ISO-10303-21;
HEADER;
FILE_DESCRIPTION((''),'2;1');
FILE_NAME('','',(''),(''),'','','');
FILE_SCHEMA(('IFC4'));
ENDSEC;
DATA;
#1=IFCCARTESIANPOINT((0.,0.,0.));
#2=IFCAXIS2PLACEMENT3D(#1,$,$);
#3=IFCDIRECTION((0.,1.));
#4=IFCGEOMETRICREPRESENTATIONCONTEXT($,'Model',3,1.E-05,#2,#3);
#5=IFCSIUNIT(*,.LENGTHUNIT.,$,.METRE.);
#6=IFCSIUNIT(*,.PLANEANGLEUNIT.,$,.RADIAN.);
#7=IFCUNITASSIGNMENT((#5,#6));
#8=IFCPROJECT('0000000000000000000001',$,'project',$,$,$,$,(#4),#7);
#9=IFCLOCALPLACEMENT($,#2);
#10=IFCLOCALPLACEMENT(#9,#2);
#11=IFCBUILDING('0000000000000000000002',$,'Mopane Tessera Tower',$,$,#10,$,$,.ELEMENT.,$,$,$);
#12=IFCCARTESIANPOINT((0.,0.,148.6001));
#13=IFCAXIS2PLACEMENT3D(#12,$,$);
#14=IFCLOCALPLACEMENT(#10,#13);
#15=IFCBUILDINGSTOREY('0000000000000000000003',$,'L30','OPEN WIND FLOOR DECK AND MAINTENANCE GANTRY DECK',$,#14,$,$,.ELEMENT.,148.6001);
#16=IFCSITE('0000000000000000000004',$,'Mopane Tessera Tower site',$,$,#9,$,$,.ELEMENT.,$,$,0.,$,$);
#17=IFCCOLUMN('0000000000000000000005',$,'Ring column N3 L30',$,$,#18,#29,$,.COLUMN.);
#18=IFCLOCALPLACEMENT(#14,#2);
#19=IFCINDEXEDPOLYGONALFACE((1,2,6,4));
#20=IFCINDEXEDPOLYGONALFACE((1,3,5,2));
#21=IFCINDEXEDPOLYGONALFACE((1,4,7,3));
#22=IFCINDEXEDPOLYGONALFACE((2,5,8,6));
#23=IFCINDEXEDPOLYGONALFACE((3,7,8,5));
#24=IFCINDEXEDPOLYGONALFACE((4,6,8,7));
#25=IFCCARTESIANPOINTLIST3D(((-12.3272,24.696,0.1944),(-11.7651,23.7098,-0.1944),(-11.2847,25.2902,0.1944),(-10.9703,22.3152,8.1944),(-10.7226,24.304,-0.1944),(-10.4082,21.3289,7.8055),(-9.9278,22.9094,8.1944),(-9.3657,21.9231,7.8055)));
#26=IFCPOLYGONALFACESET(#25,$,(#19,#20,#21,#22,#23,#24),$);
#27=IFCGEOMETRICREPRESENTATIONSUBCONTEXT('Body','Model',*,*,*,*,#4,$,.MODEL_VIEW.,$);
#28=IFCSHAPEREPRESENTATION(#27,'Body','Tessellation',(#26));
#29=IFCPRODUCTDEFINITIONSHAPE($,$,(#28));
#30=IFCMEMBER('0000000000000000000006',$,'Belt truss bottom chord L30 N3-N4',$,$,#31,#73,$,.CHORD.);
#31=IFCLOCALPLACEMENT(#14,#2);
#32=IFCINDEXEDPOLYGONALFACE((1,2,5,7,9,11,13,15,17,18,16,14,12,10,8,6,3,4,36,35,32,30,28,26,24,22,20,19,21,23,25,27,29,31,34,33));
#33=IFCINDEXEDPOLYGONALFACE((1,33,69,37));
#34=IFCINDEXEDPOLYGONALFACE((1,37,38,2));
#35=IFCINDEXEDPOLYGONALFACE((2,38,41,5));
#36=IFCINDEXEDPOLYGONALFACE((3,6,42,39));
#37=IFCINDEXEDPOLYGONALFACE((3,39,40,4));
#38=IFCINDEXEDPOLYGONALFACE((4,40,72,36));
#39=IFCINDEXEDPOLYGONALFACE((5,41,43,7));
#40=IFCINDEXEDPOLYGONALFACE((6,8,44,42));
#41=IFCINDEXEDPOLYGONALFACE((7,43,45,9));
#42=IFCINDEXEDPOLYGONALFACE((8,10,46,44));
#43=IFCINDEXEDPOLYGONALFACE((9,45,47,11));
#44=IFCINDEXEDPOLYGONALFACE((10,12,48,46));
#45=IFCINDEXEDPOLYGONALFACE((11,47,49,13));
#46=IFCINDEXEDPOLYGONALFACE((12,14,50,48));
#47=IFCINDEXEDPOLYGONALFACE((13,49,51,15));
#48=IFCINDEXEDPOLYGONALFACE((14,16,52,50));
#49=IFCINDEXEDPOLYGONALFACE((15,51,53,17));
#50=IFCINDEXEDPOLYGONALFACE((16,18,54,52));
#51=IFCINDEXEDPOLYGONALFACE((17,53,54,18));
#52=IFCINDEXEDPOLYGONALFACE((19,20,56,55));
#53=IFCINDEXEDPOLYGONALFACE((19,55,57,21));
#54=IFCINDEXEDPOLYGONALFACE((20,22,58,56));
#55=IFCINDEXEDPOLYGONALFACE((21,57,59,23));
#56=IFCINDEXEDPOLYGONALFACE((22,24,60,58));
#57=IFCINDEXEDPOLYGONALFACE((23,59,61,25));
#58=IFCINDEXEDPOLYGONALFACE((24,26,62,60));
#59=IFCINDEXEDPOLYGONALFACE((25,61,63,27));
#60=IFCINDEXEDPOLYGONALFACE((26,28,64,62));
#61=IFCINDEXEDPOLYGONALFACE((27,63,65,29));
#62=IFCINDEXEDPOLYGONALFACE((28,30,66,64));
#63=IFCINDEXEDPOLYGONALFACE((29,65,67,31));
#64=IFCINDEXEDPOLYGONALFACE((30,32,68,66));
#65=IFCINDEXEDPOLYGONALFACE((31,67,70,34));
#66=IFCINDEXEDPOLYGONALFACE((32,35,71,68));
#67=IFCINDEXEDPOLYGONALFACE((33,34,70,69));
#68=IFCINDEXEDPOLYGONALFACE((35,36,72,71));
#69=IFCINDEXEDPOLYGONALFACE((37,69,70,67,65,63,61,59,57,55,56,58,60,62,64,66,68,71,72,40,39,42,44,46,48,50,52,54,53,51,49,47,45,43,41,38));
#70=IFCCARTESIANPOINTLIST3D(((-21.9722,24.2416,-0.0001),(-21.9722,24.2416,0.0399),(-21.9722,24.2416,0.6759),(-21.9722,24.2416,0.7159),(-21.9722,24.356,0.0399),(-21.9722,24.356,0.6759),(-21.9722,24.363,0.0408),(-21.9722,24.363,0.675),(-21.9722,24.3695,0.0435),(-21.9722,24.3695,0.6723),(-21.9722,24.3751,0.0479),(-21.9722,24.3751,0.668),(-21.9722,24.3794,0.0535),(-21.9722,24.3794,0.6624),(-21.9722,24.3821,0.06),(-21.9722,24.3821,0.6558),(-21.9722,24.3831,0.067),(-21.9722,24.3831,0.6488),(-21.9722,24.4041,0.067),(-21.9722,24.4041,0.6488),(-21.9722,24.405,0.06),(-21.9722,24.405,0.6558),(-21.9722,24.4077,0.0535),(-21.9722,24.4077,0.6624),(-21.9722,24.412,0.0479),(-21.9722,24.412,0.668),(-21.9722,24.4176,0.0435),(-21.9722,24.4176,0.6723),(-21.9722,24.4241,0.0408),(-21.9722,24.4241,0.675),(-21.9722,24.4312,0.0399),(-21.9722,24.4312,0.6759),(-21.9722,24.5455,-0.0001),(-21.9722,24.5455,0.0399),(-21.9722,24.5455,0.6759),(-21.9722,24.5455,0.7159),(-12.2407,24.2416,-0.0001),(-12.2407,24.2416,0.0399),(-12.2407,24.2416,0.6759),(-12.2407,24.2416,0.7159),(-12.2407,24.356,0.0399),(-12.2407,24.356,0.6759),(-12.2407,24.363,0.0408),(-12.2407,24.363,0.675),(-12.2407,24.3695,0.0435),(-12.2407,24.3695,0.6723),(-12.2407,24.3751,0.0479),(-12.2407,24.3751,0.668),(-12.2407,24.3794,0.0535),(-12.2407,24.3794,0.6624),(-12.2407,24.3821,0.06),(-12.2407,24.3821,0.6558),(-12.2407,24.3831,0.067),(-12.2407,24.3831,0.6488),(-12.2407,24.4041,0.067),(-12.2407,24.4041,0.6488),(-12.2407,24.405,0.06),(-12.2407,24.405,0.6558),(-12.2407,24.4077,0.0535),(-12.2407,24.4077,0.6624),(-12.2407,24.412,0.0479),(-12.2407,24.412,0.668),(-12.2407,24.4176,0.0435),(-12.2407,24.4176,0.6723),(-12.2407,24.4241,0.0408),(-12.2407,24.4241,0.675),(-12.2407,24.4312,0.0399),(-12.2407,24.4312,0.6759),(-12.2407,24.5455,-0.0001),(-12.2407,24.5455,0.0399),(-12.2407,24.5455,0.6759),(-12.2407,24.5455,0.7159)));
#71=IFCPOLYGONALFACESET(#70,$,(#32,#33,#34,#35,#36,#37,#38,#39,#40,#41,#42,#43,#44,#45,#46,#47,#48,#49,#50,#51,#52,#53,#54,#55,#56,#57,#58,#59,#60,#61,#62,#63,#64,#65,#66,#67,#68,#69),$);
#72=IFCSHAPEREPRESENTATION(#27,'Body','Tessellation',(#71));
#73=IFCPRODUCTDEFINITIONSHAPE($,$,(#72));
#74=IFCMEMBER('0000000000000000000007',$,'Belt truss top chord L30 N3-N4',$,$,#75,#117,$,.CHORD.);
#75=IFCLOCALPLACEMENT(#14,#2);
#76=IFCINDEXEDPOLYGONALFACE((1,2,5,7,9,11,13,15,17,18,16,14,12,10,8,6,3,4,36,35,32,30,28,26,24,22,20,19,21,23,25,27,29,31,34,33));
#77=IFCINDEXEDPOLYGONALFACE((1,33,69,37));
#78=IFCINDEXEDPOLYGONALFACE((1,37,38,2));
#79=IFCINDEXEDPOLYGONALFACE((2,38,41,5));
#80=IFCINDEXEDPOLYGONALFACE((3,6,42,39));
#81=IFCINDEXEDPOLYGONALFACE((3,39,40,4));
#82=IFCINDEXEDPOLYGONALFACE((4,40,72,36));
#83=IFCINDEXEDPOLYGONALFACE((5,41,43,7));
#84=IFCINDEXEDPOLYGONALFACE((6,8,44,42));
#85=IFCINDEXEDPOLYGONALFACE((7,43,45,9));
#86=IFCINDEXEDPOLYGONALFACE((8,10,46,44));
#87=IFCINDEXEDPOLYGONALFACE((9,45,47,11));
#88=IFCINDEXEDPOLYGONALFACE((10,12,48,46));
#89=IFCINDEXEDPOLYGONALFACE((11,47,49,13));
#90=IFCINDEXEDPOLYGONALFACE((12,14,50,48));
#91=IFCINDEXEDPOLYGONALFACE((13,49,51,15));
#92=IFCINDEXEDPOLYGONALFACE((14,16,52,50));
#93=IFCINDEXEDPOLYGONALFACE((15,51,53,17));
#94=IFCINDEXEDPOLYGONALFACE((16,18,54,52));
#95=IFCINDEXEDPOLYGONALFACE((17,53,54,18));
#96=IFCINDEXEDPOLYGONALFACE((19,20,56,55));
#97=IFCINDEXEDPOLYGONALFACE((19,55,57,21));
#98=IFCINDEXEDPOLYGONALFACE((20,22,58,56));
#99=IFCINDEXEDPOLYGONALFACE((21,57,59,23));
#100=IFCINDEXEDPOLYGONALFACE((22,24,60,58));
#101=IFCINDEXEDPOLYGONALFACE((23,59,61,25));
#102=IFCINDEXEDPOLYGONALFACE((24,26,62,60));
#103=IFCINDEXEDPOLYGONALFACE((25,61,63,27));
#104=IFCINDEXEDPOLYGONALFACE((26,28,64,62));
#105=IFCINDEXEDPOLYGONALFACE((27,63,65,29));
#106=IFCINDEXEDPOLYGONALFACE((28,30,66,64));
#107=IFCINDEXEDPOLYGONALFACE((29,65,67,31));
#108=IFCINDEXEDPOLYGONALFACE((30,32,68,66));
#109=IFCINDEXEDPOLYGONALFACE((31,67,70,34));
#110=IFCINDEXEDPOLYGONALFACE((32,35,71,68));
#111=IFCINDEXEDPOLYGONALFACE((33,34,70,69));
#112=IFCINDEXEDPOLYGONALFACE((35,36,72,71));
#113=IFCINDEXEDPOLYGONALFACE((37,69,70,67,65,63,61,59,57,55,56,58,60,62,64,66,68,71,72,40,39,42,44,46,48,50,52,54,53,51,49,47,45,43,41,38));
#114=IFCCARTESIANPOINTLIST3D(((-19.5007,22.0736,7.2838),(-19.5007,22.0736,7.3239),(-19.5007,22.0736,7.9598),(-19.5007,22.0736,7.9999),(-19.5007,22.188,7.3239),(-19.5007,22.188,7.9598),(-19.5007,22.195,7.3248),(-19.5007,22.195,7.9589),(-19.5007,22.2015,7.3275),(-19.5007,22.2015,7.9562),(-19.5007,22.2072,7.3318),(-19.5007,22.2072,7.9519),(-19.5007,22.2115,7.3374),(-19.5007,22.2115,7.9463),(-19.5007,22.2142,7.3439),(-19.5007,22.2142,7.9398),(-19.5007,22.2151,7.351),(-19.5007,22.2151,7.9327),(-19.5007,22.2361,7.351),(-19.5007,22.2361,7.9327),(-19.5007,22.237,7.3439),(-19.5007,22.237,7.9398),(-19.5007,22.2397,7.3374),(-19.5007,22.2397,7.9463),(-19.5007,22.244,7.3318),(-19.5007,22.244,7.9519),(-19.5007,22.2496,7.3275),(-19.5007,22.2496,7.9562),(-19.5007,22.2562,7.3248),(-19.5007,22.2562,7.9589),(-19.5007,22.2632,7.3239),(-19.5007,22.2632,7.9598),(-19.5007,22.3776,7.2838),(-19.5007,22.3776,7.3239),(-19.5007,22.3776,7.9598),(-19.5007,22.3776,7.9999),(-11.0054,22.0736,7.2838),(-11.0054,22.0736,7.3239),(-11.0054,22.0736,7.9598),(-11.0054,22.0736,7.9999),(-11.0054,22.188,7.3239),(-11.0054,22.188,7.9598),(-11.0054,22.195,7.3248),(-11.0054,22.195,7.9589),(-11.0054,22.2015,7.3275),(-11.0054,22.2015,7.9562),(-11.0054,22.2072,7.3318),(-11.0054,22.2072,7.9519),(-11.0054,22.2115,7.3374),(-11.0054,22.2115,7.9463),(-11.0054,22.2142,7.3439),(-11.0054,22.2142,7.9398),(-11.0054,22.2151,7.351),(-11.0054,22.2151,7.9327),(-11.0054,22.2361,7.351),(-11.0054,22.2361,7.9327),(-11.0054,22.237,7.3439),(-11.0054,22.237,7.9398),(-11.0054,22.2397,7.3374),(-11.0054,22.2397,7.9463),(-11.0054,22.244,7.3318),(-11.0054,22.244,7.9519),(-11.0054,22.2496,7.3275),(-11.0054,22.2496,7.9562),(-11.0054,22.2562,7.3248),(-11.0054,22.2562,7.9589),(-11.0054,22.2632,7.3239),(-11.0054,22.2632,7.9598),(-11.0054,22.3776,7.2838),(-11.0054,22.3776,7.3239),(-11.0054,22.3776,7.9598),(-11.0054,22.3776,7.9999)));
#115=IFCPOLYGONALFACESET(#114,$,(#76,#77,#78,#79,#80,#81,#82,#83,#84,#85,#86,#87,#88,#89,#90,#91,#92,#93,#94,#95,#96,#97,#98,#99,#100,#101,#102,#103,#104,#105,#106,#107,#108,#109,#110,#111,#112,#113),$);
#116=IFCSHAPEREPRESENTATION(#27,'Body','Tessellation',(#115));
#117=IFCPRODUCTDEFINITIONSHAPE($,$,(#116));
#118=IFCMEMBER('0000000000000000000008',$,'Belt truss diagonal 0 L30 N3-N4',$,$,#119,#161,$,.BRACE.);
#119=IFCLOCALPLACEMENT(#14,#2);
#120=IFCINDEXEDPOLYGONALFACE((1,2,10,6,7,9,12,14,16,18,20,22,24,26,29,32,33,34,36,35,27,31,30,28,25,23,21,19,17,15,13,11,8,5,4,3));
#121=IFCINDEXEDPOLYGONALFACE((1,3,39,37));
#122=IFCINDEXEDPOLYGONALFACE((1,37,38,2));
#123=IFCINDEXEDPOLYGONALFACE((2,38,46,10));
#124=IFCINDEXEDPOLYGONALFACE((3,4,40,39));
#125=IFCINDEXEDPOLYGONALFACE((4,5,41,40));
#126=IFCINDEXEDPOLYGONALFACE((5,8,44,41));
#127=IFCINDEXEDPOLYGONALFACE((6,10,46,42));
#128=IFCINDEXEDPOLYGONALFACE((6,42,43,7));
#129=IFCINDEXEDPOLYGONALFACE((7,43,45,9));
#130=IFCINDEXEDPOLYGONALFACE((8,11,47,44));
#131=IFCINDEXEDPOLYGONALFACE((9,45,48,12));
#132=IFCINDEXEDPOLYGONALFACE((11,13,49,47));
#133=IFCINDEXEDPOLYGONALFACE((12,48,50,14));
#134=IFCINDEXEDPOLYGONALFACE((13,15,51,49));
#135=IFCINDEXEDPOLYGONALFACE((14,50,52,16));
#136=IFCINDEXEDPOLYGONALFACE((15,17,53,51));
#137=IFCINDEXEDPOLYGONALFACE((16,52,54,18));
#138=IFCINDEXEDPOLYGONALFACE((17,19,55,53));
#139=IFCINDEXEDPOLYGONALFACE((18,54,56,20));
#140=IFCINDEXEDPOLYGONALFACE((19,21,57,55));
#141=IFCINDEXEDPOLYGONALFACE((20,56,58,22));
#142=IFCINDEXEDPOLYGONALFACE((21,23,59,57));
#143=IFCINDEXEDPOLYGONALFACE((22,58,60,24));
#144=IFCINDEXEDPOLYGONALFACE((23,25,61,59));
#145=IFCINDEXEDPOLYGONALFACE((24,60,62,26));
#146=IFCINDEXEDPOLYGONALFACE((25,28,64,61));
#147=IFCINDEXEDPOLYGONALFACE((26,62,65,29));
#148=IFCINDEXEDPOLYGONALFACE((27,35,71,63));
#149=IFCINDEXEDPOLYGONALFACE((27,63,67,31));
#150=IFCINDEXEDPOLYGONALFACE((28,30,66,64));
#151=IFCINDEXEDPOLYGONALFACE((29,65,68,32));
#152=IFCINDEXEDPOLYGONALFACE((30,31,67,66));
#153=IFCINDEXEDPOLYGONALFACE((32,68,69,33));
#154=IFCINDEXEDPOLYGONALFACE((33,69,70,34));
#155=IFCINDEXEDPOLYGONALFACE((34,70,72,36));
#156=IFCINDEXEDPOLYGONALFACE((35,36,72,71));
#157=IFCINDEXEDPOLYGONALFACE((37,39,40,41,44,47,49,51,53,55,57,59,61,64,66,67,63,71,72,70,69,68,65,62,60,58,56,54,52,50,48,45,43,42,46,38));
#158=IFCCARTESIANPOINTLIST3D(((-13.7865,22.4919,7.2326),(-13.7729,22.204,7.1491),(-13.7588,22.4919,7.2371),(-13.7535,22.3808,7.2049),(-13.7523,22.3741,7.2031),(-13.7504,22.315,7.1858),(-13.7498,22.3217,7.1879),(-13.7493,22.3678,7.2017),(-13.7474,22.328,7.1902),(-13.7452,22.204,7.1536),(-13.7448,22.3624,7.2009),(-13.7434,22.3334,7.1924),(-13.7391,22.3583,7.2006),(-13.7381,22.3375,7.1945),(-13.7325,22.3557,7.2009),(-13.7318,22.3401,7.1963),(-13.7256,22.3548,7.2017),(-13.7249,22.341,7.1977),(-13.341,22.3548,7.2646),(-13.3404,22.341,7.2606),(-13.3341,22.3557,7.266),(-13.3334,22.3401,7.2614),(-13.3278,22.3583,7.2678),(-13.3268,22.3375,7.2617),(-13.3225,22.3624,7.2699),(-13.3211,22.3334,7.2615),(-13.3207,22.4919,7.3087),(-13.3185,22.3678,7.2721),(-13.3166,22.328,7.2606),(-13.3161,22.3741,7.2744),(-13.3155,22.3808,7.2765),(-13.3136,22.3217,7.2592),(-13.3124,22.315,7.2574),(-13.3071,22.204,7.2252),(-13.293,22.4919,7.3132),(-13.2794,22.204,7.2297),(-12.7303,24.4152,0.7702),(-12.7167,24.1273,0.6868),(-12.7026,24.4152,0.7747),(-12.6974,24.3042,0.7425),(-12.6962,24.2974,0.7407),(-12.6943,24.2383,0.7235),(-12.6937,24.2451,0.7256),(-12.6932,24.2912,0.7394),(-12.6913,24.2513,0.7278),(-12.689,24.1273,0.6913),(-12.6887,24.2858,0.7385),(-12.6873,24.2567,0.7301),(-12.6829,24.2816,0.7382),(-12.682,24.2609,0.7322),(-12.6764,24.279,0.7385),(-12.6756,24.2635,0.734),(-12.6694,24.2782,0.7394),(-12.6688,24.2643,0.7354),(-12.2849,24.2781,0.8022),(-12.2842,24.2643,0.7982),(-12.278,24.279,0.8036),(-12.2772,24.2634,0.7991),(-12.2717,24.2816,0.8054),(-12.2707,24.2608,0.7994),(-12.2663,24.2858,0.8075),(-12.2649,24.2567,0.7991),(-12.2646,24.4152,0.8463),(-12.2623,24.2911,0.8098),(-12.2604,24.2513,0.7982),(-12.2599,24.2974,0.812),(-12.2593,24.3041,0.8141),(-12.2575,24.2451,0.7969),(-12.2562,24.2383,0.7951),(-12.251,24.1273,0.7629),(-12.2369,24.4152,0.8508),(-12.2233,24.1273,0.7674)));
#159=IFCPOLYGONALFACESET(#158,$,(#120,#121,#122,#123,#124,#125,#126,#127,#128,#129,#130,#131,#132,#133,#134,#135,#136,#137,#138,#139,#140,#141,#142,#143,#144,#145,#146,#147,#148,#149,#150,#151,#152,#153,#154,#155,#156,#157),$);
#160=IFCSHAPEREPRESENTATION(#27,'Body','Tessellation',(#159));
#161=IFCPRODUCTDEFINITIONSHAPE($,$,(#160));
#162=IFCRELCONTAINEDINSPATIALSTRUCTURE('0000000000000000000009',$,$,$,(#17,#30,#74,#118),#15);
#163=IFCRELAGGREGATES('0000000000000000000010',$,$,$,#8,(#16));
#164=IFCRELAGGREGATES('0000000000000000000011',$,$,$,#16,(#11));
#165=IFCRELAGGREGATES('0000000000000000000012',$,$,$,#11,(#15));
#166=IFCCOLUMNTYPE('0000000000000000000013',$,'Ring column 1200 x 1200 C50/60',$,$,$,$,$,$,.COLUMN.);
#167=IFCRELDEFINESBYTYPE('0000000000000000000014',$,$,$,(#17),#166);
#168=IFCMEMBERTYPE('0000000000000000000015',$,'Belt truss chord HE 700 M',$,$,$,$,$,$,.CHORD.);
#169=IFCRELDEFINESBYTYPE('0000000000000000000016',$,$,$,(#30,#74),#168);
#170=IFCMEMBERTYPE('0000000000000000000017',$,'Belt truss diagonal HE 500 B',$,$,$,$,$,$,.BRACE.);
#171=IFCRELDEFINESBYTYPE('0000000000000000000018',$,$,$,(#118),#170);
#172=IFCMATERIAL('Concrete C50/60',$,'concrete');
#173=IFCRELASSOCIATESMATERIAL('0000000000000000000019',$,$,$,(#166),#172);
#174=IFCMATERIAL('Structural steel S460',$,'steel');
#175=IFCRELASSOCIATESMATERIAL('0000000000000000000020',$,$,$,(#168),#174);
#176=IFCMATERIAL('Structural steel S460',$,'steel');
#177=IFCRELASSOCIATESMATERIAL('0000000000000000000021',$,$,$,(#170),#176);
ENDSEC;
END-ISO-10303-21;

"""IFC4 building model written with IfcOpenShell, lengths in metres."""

from ifc_helpers import new_model, si_unit, direction, frame, origin, origin_2d, place, context, subcontext, project, spatial, rectangle, i_section, extrude, material, material_profile, profile_set, type_object, element, save


model = new_model("IFC4")

# Units and contexts
model_context = context("Model", 3, precision=1e-05, world=origin(), true_north=direction((0.0, 1.0)))
body_context = subcontext(model_context, "Body", "Model", "MODEL_VIEW")
ifc_project = project(units=[si_unit("LENGTHUNIT", "METRE"), si_unit("PLANEANGLEUNIT", "RADIAN")], contexts=[model_context])

# Site, building, storey
site_placement = place(None, origin())
site = spatial("IfcSite", under=ifc_project, at=site_placement, Name="Mopane Tessera Tower site", CompositionType="ELEMENT", RefElevation=0.0)
building_placement = place(site_placement, origin())
building = spatial("IfcBuilding", under=site, at=building_placement, Name="Mopane Tessera Tower", CompositionType="ELEMENT")
storey_placement = place(building_placement, frame((0.0, 0.0, 148.6001)))
storey = spatial("IfcBuildingStorey", under=building, at=storey_placement, Name="L30", Description="OPEN WIND FLOOR DECK AND MAINTENANCE GANTRY DECK", CompositionType="ELEMENT", Elevation=148.6001)

# Column
ifc_material_1 = material(Name="Concrete C50/60", Category="concrete")
ifc_material_profile_1 = material_profile(ifc_material_1, rectangle(XDim=1.2, YDim=1.2, at=origin_2d()))
ifc_profile_set_1 = profile_set([ifc_material_profile_1], Name="Concrete C50/60")
column_type = type_object("IfcColumnType", Name="Ring column 1200 x 1200 C50/60", PredefinedType="COLUMN", material=ifc_profile_set_1)
column_placement = place(storey_placement, frame((-11.5249, 24.5, 0.0), z_axis=(0.160463, -0.281547, 0.946035), x_axis=(0.868802, 0.49516, 0.0)))
element("IfcColumn", 1, at=column_placement, inside=storey, type_object=column_type, Name="Ring column N3 L30", PredefinedType="COLUMN", context=body_context, shape_type="SweptSolid", body=[
    extrude(rectangle(XDim=1.2, YDim=1.2, at=origin_2d()), origin(), (0.0, 0.0, 1.0), 8.4563),
])

# Members
ifc_material_2 = material(Name="Structural steel S460", Category="steel")
ifc_material_profile_2 = material_profile(ifc_material_2, i_section(OverallWidth=0.304, OverallDepth=0.7161, WebThickness=0.021, FlangeThickness=0.04, FilletRadius=0.0271, at=origin_2d()))
ifc_profile_set_2 = profile_set([ifc_material_profile_2], Name="Structural steel S460")
member_type_1 = type_object("IfcMemberType", Name="Belt truss chord HE 700 M", PredefinedType="CHORD", material=ifc_profile_set_2)
member_1_placement = place(storey_placement, frame((-12.2407, 24.3936, 0.3579), z_axis=(-1.0, 0.0, 0.0), x_axis=(0.0, -1.0, 0.0)))
element("IfcMember", 2, at=member_1_placement, inside=storey, type_object=member_type_1, Name="Belt truss bottom chord L30 N3-N4", PredefinedType="CHORD", context=body_context, shape_type="SweptSolid", body=[
    extrude(i_section(OverallWidth=0.304, OverallDepth=0.7161, WebThickness=0.021, FlangeThickness=0.04, FilletRadius=0.0271, at=origin_2d()), origin(), (0.0, 0.0, 1.0), 9.7314),
])
member_2_placement = place(storey_placement, frame((-11.0054, 22.2256, 7.6418), z_axis=(-1.0, 0.0, 0.0), x_axis=(0.0, -1.0, 0.0)))
element("IfcMember", 3, at=member_2_placement, inside=storey, type_object=member_type_1, Name="Belt truss top chord L30 N3-N4", PredefinedType="CHORD", context=body_context, shape_type="SweptSolid", body=[
    extrude(i_section(OverallWidth=0.304, OverallDepth=0.7161, WebThickness=0.021, FlangeThickness=0.04, FilletRadius=0.0271, at=origin_2d()), origin(), (0.0, 0.0, 1.0), 8.4954),
])
ifc_material_3 = material(Name="Structural steel S460", Category="steel")
ifc_material_profile_3 = material_profile(ifc_material_3, i_section(OverallWidth=0.3, OverallDepth=0.5, WebThickness=0.0144, FlangeThickness=0.0281, FilletRadius=0.0271, at=origin_2d()))
ifc_profile_set_3 = profile_set([ifc_material_profile_3], Name="Structural steel S460")
member_type_2 = type_object("IfcMemberType", Name="Belt truss diagonal HE 500 B", PredefinedType="BRACE", material=ifc_profile_set_3)
member_3_placement = place(storey_placement, frame((-12.4768, 24.2712, 0.7688), z_axis=(-0.154753, -0.281818, 0.946906), x_axis=(0.045419, -0.959468, -0.278134)))
element("IfcMember", 4, at=member_3_placement, inside=storey, type_object=member_type_2, Name="Belt truss diagonal 0 L30 N3-N4", PredefinedType="BRACE", context=body_context, shape_type="SweptSolid", body=[
    extrude(i_section(OverallWidth=0.3, OverallDepth=0.5, WebThickness=0.0144, FlangeThickness=0.0281, FilletRadius=0.0271, at=origin_2d()), origin(), (0.0, 0.0, 1.0), 6.8247),
])

save(model, "model.ifc")
